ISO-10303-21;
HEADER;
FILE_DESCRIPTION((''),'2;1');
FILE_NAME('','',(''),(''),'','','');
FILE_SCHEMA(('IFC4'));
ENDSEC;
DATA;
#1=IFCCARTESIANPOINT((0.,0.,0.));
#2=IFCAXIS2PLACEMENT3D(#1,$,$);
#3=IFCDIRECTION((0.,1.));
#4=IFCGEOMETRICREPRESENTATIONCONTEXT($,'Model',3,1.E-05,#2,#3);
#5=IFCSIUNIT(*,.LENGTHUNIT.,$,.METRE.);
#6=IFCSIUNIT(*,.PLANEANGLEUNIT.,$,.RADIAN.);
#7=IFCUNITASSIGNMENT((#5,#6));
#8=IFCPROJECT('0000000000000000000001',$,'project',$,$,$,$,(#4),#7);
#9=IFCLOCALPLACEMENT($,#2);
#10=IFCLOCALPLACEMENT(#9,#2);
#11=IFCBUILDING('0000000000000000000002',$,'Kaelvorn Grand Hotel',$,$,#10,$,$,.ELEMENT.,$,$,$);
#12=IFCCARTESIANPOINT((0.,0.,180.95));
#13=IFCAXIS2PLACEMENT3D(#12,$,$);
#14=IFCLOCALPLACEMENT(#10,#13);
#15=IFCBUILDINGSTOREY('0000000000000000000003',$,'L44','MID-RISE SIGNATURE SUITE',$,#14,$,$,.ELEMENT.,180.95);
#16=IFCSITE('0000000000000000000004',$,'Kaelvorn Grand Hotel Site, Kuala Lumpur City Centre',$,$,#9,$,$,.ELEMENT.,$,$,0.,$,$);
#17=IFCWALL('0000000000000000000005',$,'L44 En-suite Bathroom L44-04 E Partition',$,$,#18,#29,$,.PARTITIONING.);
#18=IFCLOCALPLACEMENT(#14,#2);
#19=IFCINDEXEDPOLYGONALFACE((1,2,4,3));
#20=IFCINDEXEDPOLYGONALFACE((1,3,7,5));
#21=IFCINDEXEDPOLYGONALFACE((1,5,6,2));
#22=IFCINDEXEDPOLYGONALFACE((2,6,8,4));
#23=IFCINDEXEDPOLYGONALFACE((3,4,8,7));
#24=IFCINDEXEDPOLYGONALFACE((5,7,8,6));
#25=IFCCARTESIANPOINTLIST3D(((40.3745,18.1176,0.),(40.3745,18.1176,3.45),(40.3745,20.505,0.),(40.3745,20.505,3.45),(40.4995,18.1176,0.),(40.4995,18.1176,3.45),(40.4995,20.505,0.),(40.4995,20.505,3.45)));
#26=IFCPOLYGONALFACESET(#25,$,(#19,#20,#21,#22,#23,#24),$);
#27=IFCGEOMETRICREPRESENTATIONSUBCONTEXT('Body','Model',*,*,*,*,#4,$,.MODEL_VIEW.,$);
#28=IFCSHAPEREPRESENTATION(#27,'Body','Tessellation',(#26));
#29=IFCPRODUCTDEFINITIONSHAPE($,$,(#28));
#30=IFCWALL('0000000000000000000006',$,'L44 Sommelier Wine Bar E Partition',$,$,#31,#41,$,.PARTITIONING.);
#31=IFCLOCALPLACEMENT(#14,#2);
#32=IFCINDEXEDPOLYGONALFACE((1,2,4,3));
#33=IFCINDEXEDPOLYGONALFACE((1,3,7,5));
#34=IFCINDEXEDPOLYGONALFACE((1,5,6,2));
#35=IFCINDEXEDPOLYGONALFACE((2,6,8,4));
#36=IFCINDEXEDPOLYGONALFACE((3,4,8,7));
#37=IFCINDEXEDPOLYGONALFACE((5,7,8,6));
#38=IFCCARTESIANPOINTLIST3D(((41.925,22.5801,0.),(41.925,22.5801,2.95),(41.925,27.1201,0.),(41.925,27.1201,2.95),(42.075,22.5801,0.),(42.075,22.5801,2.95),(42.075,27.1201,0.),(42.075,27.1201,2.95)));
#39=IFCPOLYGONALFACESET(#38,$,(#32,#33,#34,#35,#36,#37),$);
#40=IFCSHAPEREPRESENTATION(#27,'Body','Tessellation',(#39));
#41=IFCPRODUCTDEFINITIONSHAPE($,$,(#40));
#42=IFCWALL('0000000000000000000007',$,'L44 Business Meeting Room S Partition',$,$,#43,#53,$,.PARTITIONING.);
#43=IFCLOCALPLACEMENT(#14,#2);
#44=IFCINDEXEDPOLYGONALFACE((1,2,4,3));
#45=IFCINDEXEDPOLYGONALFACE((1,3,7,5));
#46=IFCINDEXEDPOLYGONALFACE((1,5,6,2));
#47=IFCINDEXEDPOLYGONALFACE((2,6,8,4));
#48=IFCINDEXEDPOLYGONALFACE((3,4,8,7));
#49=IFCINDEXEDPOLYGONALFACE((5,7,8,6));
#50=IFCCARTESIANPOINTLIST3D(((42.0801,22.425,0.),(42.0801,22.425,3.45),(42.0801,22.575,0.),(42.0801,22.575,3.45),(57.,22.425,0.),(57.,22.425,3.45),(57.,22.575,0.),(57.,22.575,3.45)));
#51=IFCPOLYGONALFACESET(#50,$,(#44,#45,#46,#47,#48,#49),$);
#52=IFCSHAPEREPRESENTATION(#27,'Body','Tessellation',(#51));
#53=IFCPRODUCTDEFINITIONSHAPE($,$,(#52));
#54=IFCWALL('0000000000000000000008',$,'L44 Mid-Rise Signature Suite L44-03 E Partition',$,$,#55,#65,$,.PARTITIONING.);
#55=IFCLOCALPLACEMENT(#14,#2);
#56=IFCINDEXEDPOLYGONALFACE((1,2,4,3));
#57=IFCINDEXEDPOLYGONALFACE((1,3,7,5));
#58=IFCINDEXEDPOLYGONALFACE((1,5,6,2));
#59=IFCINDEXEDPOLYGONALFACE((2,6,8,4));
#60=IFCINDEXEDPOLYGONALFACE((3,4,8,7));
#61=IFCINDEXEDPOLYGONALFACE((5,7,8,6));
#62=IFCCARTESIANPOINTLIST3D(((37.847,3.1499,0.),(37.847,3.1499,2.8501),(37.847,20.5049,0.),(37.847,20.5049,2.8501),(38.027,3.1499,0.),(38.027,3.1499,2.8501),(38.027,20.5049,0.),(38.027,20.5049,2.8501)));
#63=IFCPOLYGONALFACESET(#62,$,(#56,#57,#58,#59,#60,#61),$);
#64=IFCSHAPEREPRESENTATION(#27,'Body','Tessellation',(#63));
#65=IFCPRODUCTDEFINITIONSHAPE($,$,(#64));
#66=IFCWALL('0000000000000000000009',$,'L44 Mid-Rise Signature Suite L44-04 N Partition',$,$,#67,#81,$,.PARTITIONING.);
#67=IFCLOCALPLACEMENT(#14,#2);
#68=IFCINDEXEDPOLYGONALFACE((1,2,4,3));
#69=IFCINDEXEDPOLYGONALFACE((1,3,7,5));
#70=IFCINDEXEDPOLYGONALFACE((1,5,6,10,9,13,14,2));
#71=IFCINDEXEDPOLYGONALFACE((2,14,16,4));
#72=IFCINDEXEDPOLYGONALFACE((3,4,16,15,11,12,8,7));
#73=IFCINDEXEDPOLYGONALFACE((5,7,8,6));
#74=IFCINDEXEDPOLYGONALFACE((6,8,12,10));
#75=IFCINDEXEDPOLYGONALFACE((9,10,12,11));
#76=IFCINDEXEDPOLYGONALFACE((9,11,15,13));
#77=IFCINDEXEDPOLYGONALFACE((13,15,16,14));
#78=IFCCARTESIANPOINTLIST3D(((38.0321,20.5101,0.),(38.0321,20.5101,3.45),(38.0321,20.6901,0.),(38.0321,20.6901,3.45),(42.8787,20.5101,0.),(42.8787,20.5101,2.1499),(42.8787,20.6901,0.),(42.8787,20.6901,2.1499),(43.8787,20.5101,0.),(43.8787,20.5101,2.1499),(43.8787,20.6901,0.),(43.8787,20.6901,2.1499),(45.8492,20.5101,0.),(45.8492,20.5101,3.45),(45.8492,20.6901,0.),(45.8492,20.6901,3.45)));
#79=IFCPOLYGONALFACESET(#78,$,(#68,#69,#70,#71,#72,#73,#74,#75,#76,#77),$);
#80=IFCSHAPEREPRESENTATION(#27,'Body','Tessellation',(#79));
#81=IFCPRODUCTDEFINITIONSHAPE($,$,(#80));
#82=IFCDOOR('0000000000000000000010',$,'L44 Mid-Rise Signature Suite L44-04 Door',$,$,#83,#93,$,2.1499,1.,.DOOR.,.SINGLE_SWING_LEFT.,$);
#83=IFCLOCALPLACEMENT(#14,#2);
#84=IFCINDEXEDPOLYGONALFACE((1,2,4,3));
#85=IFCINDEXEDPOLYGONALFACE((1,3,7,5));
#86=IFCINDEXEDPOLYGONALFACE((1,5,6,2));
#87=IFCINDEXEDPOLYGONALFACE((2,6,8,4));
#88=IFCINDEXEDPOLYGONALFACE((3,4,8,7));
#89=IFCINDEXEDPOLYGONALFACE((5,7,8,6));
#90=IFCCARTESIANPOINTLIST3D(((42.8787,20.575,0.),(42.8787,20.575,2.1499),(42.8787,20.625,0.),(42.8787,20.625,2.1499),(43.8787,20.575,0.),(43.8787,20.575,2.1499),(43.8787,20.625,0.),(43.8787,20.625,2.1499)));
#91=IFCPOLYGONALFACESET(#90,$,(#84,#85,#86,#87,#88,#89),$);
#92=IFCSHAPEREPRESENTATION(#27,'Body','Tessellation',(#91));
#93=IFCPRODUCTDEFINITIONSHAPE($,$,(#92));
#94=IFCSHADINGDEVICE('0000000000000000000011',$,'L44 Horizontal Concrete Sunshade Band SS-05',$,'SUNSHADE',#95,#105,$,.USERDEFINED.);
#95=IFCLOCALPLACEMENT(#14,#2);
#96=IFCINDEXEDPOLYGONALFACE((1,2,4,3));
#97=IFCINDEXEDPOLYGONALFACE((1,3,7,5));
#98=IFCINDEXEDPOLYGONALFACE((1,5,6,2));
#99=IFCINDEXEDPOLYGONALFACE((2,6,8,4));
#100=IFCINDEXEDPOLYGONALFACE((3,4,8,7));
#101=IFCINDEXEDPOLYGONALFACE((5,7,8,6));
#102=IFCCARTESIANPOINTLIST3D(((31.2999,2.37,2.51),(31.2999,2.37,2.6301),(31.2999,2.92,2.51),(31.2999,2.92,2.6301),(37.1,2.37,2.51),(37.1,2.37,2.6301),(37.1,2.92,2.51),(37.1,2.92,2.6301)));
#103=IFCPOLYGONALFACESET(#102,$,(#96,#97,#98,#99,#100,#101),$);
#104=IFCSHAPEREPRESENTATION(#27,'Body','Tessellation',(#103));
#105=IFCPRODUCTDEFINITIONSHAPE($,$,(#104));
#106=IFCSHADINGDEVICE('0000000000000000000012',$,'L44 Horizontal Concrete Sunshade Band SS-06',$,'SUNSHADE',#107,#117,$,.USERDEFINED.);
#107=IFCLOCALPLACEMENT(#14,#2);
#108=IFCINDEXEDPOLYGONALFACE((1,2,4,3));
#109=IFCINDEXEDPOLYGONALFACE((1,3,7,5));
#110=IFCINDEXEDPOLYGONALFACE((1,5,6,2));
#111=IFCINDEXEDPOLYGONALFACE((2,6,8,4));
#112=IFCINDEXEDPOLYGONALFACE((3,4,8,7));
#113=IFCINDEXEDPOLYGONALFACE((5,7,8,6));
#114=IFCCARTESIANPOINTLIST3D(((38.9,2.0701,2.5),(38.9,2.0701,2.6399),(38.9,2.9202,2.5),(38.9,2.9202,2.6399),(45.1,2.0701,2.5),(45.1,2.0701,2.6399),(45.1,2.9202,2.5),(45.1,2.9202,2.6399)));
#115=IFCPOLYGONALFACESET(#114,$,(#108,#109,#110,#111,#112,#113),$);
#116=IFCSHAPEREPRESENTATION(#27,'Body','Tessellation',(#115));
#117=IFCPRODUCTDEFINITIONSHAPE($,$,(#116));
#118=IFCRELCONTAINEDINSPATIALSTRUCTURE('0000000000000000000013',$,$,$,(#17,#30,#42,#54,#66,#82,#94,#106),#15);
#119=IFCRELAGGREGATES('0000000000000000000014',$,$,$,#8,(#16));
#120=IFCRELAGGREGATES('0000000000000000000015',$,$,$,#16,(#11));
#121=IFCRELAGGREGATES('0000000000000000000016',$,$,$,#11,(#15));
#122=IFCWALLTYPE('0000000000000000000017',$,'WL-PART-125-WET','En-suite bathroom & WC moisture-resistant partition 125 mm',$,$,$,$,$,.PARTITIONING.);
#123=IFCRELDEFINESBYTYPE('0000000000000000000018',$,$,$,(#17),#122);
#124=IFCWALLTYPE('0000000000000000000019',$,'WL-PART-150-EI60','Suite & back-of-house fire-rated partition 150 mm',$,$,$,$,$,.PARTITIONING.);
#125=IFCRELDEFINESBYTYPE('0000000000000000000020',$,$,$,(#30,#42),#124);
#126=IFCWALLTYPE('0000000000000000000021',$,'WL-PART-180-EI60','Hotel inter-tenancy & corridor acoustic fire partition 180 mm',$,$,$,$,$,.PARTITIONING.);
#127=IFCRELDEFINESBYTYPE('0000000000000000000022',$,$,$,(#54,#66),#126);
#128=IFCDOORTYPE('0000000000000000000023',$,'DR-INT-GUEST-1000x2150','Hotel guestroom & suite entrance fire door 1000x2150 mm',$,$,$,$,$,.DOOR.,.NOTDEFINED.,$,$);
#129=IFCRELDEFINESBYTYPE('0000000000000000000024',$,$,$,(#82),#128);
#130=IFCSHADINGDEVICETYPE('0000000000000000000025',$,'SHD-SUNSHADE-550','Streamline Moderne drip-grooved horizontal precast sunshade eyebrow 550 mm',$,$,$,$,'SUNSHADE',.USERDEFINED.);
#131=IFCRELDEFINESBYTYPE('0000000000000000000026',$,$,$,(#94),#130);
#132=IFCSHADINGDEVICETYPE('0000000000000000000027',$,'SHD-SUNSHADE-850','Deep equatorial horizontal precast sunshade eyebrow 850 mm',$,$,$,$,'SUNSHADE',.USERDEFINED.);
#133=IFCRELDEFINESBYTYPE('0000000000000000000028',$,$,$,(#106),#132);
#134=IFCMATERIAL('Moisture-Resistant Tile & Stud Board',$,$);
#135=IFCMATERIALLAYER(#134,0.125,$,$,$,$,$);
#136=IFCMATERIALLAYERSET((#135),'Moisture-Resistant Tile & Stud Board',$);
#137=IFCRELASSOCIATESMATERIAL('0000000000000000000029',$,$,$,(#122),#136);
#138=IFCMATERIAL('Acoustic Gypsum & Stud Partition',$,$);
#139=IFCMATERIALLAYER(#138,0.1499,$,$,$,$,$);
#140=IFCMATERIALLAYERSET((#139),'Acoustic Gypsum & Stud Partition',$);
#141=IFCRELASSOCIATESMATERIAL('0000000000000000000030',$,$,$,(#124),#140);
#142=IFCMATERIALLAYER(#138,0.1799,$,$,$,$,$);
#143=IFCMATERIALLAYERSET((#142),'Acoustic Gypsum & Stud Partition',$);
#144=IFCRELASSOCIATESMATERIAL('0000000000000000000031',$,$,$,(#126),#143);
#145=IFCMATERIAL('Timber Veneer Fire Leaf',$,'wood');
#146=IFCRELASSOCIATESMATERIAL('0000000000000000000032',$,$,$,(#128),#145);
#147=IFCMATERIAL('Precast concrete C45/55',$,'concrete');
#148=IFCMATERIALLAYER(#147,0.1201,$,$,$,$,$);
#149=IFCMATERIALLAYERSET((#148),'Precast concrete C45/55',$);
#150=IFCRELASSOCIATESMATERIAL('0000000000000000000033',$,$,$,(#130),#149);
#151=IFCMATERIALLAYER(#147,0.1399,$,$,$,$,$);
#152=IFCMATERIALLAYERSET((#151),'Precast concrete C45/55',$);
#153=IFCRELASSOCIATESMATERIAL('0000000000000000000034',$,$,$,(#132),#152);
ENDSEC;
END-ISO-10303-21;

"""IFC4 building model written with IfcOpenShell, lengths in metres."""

from ifc_helpers import new_model, si_unit, direction, frame, frame_2d, origin, origin_2d, place, context, subcontext, project, spatial, rectangle, extrude, material, layer, layer_set, type_object, element, fill, save


model = new_model("IFC4")

# Units and contexts
model_context = context("Model", 3, precision=1e-05, world=origin(), true_north=direction((0.0, 1.0)))
body_context = subcontext(model_context, "Body", "Model", "MODEL_VIEW")
ifc_project = project(units=[si_unit("LENGTHUNIT", "METRE"), si_unit("PLANEANGLEUNIT", "RADIAN")], contexts=[model_context])

# Site, building, storey
site_placement = place(None, origin())
site = spatial("IfcSite", under=ifc_project, at=site_placement, Name="Kaelvorn Grand Hotel Site, Kuala Lumpur City Centre", CompositionType="ELEMENT", RefElevation=0.0)
building_placement = place(site_placement, origin())
building = spatial("IfcBuilding", under=site, at=building_placement, Name="Kaelvorn Grand Hotel", CompositionType="ELEMENT")
storey_placement = place(building_placement, frame((0.0, 0.0, 180.95)))
storey = spatial("IfcBuildingStorey", under=building, at=storey_placement, Name="L44", Description="MID-RISE SIGNATURE SUITE", CompositionType="ELEMENT", Elevation=180.95)

# Shared definitions
ifc_material_1 = material(Name="Moisture-Resistant Tile & Stud Board")
ifc_layer_1 = layer(ifc_material_1, 0.125)
ifc_layer_set_1 = layer_set([ifc_layer_1], Name="Moisture-Resistant Tile & Stud Board")
wall_type_1 = type_object("IfcWallType", Name="WL-PART-125-WET", Description="En-suite bathroom & WC moisture-resistant partition 125 mm", PredefinedType="PARTITIONING", material=ifc_layer_set_1)

# Walls
wall_1_placement = place(storey_placement, frame((40.437, 18.1174, 0.0), z_axis=(0.0, 0.0, 1.0), x_axis=(0.0, 1.0, 0.0)))
element("IfcWall", 1, at=wall_1_placement, inside=storey, type_object=wall_type_1, Name="L44 En-suite Bathroom L44-04 E Partition", PredefinedType="PARTITIONING", context=body_context, shape_type="SweptSolid", body=[
    extrude(rectangle(XDim=2.3875, YDim=0.125, at=frame_2d((1.1938, 0.0))), origin(), (0.0, 0.0, 1.0), 3.45),
])
ifc_material_2 = material(Name="Acoustic Gypsum & Stud Partition")
ifc_layer_2 = layer(ifc_material_2, 0.1499)
ifc_layer_set_2 = layer_set([ifc_layer_2], Name="Acoustic Gypsum & Stud Partition")
wall_type_2 = type_object("IfcWallType", Name="WL-PART-150-EI60", Description="Suite & back-of-house fire-rated partition 150 mm", PredefinedType="PARTITIONING", material=ifc_layer_set_2)
wall_2_placement = place(storey_placement, frame((42.0, 22.5801, 0.0), z_axis=(0.0, 0.0, 1.0), x_axis=(0.0, 1.0, 0.0)))
element("IfcWall", 2, at=wall_2_placement, inside=storey, type_object=wall_type_2, Name="L44 Sommelier Wine Bar E Partition", PredefinedType="PARTITIONING", context=body_context, shape_type="SweptSolid", body=[
    extrude(rectangle(XDim=4.54, YDim=0.1499, at=frame_2d((2.27, 0.0))), origin(), (0.0, 0.0, 1.0), 2.95),
])
wall_3_placement = place(storey_placement, frame((42.0801, 22.5, 0.0), z_axis=(0.0, 0.0, 1.0), x_axis=(1.0, 0.0, 0.0)))
element("IfcWall", 3, at=wall_3_placement, inside=storey, type_object=wall_type_2, Name="L44 Business Meeting Room S Partition", PredefinedType="PARTITIONING", context=body_context, shape_type="SweptSolid", body=[
    extrude(rectangle(XDim=14.9199, YDim=0.1499, at=frame_2d((7.46, 0.0))), origin(), (0.0, 0.0, 1.0), 3.45),
])
ifc_layer_3 = layer(ifc_material_2, 0.1799)
ifc_layer_set_3 = layer_set([ifc_layer_3], Name="Acoustic Gypsum & Stud Partition")
wall_type_3 = type_object("IfcWallType", Name="WL-PART-180-EI60", Description="Hotel inter-tenancy & corridor acoustic fire partition 180 mm", PredefinedType="PARTITIONING", material=ifc_layer_set_3)
wall_4_placement = place(storey_placement, frame((37.937, 3.1499, 0.0), z_axis=(0.0, 0.0, 1.0), x_axis=(0.0, 1.0, 0.0)))
element("IfcWall", 4, at=wall_4_placement, inside=storey, type_object=wall_type_3, Name="L44 Mid-Rise Signature Suite L44-03 E Partition", PredefinedType="PARTITIONING", context=body_context, shape_type="SweptSolid", body=[
    extrude(rectangle(XDim=17.355, YDim=0.1799, at=frame_2d((8.6775, 0.0))), origin(), (0.0, 0.0, 1.0), 2.8501),
])

# Wall, opening, door
wall_5_placement = place(storey_placement, frame((38.032, 20.6001, 0.0), z_axis=(0.0, 0.0, 1.0), x_axis=(1.0, 0.0, 0.0)))
wall_5 = element("IfcWall", 5, at=wall_5_placement, inside=storey, type_object=wall_type_3, Name="L44 Mid-Rise Signature Suite L44-04 N Partition", PredefinedType="PARTITIONING", context=body_context, shape_type="SweptSolid", body=[
    extrude(rectangle(XDim=7.8171, YDim=0.1799, at=frame_2d((3.9087, 0.0))), origin(), (0.0, 0.0, 1.0), 3.45),
])
opening_1_placement = place(wall_5_placement, frame((4.8467, 0.0, 0.0)))
opening_1 = element("IfcOpeningElement", 6, at=opening_1_placement, cuts=wall_5, PredefinedType="OPENING", context=body_context, shape_type="SweptSolid", body=[
    extrude(rectangle(XDim=1.0, YDim=2.1499, at=frame_2d((0.5, 1.075))), frame((0.0, 0.1001, 0.0), z_axis=(0.0, -1.0, 0.0), x_axis=(1.0, 0.0, 0.0)), (0.0, 0.0, 1.0), 0.2),
])
ifc_material_3 = material(Name="Timber Veneer Fire Leaf", Category="wood")
door_type_1 = type_object("IfcDoorType", Name="DR-INT-GUEST-1000x2150", Description="Hotel guestroom & suite entrance fire door 1000x2150 mm", OperationType="NOTDEFINED", PredefinedType="DOOR", material=ifc_material_3)
door_1_placement = place(opening_1_placement, origin())
door_1 = element("IfcDoor", 7, at=door_1_placement, inside=storey, type_object=door_type_1, Name="L44 Mid-Rise Signature Suite L44-04 Door", OperationType="SINGLE_SWING_LEFT", OverallHeight=2.1499, OverallWidth=1.0, PredefinedType="DOOR", context=body_context, shape_type="SweptSolid", body=[
    extrude(rectangle(XDim=1.0, YDim=2.1499, at=frame_2d((0.5, 1.075))), frame((0.0, 0.0249, 0.0), z_axis=(0.0, -1.0, 0.0), x_axis=(1.0, 0.0, 0.0)), (0.0, 0.0, 1.0), 0.05),
])
fill(opening_1, door_1)

# Shading devices
ifc_material_4 = material(Name="Precast concrete C45/55", Category="concrete")
ifc_layer_4 = layer(ifc_material_4, 0.1201)
ifc_layer_set_4 = layer_set([ifc_layer_4], Name="Precast concrete C45/55")
shading_device_type_1 = type_object("IfcShadingDeviceType", Name="SHD-SUNSHADE-550", Description="Streamline Moderne drip-grooved horizontal precast sunshade eyebrow 550 mm", ElementType="SUNSHADE", PredefinedType="USERDEFINED", material=ifc_layer_set_4)
shading_device_1_placement = place(storey_placement, frame((34.2, 2.645, 2.51), z_axis=(0.0, 0.0, 1.0), x_axis=(1.0, 0.0, 0.0)))
element("IfcShadingDevice", 8, at=shading_device_1_placement, inside=storey, type_object=shading_device_type_1, Name="L44 Horizontal Concrete Sunshade Band SS-05", ObjectType="SUNSHADE", PredefinedType="USERDEFINED", context=body_context, shape_type="SweptSolid", body=[
    extrude(rectangle(XDim=5.8, YDim=0.55, at=origin_2d()), origin(), (0.0, 0.0, 1.0), 0.1201),
])
ifc_layer_5 = layer(ifc_material_4, 0.1399)
ifc_layer_set_5 = layer_set([ifc_layer_5], Name="Precast concrete C45/55")
shading_device_type_2 = type_object("IfcShadingDeviceType", Name="SHD-SUNSHADE-850", Description="Deep equatorial horizontal precast sunshade eyebrow 850 mm", ElementType="SUNSHADE", PredefinedType="USERDEFINED", material=ifc_layer_set_5)
shading_device_2_placement = place(storey_placement, frame((42.0, 2.4951, 2.5), z_axis=(0.0, 0.0, 1.0), x_axis=(1.0, 0.0, 0.0)))
element("IfcShadingDevice", 9, at=shading_device_2_placement, inside=storey, type_object=shading_device_type_2, Name="L44 Horizontal Concrete Sunshade Band SS-06", ObjectType="SUNSHADE", PredefinedType="USERDEFINED", context=body_context, shape_type="SweptSolid", body=[
    extrude(rectangle(XDim=6.2, YDim=0.8501, at=origin_2d()), origin(), (0.0, 0.0, 1.0), 0.1399),
])

save(model, "model.ifc")
